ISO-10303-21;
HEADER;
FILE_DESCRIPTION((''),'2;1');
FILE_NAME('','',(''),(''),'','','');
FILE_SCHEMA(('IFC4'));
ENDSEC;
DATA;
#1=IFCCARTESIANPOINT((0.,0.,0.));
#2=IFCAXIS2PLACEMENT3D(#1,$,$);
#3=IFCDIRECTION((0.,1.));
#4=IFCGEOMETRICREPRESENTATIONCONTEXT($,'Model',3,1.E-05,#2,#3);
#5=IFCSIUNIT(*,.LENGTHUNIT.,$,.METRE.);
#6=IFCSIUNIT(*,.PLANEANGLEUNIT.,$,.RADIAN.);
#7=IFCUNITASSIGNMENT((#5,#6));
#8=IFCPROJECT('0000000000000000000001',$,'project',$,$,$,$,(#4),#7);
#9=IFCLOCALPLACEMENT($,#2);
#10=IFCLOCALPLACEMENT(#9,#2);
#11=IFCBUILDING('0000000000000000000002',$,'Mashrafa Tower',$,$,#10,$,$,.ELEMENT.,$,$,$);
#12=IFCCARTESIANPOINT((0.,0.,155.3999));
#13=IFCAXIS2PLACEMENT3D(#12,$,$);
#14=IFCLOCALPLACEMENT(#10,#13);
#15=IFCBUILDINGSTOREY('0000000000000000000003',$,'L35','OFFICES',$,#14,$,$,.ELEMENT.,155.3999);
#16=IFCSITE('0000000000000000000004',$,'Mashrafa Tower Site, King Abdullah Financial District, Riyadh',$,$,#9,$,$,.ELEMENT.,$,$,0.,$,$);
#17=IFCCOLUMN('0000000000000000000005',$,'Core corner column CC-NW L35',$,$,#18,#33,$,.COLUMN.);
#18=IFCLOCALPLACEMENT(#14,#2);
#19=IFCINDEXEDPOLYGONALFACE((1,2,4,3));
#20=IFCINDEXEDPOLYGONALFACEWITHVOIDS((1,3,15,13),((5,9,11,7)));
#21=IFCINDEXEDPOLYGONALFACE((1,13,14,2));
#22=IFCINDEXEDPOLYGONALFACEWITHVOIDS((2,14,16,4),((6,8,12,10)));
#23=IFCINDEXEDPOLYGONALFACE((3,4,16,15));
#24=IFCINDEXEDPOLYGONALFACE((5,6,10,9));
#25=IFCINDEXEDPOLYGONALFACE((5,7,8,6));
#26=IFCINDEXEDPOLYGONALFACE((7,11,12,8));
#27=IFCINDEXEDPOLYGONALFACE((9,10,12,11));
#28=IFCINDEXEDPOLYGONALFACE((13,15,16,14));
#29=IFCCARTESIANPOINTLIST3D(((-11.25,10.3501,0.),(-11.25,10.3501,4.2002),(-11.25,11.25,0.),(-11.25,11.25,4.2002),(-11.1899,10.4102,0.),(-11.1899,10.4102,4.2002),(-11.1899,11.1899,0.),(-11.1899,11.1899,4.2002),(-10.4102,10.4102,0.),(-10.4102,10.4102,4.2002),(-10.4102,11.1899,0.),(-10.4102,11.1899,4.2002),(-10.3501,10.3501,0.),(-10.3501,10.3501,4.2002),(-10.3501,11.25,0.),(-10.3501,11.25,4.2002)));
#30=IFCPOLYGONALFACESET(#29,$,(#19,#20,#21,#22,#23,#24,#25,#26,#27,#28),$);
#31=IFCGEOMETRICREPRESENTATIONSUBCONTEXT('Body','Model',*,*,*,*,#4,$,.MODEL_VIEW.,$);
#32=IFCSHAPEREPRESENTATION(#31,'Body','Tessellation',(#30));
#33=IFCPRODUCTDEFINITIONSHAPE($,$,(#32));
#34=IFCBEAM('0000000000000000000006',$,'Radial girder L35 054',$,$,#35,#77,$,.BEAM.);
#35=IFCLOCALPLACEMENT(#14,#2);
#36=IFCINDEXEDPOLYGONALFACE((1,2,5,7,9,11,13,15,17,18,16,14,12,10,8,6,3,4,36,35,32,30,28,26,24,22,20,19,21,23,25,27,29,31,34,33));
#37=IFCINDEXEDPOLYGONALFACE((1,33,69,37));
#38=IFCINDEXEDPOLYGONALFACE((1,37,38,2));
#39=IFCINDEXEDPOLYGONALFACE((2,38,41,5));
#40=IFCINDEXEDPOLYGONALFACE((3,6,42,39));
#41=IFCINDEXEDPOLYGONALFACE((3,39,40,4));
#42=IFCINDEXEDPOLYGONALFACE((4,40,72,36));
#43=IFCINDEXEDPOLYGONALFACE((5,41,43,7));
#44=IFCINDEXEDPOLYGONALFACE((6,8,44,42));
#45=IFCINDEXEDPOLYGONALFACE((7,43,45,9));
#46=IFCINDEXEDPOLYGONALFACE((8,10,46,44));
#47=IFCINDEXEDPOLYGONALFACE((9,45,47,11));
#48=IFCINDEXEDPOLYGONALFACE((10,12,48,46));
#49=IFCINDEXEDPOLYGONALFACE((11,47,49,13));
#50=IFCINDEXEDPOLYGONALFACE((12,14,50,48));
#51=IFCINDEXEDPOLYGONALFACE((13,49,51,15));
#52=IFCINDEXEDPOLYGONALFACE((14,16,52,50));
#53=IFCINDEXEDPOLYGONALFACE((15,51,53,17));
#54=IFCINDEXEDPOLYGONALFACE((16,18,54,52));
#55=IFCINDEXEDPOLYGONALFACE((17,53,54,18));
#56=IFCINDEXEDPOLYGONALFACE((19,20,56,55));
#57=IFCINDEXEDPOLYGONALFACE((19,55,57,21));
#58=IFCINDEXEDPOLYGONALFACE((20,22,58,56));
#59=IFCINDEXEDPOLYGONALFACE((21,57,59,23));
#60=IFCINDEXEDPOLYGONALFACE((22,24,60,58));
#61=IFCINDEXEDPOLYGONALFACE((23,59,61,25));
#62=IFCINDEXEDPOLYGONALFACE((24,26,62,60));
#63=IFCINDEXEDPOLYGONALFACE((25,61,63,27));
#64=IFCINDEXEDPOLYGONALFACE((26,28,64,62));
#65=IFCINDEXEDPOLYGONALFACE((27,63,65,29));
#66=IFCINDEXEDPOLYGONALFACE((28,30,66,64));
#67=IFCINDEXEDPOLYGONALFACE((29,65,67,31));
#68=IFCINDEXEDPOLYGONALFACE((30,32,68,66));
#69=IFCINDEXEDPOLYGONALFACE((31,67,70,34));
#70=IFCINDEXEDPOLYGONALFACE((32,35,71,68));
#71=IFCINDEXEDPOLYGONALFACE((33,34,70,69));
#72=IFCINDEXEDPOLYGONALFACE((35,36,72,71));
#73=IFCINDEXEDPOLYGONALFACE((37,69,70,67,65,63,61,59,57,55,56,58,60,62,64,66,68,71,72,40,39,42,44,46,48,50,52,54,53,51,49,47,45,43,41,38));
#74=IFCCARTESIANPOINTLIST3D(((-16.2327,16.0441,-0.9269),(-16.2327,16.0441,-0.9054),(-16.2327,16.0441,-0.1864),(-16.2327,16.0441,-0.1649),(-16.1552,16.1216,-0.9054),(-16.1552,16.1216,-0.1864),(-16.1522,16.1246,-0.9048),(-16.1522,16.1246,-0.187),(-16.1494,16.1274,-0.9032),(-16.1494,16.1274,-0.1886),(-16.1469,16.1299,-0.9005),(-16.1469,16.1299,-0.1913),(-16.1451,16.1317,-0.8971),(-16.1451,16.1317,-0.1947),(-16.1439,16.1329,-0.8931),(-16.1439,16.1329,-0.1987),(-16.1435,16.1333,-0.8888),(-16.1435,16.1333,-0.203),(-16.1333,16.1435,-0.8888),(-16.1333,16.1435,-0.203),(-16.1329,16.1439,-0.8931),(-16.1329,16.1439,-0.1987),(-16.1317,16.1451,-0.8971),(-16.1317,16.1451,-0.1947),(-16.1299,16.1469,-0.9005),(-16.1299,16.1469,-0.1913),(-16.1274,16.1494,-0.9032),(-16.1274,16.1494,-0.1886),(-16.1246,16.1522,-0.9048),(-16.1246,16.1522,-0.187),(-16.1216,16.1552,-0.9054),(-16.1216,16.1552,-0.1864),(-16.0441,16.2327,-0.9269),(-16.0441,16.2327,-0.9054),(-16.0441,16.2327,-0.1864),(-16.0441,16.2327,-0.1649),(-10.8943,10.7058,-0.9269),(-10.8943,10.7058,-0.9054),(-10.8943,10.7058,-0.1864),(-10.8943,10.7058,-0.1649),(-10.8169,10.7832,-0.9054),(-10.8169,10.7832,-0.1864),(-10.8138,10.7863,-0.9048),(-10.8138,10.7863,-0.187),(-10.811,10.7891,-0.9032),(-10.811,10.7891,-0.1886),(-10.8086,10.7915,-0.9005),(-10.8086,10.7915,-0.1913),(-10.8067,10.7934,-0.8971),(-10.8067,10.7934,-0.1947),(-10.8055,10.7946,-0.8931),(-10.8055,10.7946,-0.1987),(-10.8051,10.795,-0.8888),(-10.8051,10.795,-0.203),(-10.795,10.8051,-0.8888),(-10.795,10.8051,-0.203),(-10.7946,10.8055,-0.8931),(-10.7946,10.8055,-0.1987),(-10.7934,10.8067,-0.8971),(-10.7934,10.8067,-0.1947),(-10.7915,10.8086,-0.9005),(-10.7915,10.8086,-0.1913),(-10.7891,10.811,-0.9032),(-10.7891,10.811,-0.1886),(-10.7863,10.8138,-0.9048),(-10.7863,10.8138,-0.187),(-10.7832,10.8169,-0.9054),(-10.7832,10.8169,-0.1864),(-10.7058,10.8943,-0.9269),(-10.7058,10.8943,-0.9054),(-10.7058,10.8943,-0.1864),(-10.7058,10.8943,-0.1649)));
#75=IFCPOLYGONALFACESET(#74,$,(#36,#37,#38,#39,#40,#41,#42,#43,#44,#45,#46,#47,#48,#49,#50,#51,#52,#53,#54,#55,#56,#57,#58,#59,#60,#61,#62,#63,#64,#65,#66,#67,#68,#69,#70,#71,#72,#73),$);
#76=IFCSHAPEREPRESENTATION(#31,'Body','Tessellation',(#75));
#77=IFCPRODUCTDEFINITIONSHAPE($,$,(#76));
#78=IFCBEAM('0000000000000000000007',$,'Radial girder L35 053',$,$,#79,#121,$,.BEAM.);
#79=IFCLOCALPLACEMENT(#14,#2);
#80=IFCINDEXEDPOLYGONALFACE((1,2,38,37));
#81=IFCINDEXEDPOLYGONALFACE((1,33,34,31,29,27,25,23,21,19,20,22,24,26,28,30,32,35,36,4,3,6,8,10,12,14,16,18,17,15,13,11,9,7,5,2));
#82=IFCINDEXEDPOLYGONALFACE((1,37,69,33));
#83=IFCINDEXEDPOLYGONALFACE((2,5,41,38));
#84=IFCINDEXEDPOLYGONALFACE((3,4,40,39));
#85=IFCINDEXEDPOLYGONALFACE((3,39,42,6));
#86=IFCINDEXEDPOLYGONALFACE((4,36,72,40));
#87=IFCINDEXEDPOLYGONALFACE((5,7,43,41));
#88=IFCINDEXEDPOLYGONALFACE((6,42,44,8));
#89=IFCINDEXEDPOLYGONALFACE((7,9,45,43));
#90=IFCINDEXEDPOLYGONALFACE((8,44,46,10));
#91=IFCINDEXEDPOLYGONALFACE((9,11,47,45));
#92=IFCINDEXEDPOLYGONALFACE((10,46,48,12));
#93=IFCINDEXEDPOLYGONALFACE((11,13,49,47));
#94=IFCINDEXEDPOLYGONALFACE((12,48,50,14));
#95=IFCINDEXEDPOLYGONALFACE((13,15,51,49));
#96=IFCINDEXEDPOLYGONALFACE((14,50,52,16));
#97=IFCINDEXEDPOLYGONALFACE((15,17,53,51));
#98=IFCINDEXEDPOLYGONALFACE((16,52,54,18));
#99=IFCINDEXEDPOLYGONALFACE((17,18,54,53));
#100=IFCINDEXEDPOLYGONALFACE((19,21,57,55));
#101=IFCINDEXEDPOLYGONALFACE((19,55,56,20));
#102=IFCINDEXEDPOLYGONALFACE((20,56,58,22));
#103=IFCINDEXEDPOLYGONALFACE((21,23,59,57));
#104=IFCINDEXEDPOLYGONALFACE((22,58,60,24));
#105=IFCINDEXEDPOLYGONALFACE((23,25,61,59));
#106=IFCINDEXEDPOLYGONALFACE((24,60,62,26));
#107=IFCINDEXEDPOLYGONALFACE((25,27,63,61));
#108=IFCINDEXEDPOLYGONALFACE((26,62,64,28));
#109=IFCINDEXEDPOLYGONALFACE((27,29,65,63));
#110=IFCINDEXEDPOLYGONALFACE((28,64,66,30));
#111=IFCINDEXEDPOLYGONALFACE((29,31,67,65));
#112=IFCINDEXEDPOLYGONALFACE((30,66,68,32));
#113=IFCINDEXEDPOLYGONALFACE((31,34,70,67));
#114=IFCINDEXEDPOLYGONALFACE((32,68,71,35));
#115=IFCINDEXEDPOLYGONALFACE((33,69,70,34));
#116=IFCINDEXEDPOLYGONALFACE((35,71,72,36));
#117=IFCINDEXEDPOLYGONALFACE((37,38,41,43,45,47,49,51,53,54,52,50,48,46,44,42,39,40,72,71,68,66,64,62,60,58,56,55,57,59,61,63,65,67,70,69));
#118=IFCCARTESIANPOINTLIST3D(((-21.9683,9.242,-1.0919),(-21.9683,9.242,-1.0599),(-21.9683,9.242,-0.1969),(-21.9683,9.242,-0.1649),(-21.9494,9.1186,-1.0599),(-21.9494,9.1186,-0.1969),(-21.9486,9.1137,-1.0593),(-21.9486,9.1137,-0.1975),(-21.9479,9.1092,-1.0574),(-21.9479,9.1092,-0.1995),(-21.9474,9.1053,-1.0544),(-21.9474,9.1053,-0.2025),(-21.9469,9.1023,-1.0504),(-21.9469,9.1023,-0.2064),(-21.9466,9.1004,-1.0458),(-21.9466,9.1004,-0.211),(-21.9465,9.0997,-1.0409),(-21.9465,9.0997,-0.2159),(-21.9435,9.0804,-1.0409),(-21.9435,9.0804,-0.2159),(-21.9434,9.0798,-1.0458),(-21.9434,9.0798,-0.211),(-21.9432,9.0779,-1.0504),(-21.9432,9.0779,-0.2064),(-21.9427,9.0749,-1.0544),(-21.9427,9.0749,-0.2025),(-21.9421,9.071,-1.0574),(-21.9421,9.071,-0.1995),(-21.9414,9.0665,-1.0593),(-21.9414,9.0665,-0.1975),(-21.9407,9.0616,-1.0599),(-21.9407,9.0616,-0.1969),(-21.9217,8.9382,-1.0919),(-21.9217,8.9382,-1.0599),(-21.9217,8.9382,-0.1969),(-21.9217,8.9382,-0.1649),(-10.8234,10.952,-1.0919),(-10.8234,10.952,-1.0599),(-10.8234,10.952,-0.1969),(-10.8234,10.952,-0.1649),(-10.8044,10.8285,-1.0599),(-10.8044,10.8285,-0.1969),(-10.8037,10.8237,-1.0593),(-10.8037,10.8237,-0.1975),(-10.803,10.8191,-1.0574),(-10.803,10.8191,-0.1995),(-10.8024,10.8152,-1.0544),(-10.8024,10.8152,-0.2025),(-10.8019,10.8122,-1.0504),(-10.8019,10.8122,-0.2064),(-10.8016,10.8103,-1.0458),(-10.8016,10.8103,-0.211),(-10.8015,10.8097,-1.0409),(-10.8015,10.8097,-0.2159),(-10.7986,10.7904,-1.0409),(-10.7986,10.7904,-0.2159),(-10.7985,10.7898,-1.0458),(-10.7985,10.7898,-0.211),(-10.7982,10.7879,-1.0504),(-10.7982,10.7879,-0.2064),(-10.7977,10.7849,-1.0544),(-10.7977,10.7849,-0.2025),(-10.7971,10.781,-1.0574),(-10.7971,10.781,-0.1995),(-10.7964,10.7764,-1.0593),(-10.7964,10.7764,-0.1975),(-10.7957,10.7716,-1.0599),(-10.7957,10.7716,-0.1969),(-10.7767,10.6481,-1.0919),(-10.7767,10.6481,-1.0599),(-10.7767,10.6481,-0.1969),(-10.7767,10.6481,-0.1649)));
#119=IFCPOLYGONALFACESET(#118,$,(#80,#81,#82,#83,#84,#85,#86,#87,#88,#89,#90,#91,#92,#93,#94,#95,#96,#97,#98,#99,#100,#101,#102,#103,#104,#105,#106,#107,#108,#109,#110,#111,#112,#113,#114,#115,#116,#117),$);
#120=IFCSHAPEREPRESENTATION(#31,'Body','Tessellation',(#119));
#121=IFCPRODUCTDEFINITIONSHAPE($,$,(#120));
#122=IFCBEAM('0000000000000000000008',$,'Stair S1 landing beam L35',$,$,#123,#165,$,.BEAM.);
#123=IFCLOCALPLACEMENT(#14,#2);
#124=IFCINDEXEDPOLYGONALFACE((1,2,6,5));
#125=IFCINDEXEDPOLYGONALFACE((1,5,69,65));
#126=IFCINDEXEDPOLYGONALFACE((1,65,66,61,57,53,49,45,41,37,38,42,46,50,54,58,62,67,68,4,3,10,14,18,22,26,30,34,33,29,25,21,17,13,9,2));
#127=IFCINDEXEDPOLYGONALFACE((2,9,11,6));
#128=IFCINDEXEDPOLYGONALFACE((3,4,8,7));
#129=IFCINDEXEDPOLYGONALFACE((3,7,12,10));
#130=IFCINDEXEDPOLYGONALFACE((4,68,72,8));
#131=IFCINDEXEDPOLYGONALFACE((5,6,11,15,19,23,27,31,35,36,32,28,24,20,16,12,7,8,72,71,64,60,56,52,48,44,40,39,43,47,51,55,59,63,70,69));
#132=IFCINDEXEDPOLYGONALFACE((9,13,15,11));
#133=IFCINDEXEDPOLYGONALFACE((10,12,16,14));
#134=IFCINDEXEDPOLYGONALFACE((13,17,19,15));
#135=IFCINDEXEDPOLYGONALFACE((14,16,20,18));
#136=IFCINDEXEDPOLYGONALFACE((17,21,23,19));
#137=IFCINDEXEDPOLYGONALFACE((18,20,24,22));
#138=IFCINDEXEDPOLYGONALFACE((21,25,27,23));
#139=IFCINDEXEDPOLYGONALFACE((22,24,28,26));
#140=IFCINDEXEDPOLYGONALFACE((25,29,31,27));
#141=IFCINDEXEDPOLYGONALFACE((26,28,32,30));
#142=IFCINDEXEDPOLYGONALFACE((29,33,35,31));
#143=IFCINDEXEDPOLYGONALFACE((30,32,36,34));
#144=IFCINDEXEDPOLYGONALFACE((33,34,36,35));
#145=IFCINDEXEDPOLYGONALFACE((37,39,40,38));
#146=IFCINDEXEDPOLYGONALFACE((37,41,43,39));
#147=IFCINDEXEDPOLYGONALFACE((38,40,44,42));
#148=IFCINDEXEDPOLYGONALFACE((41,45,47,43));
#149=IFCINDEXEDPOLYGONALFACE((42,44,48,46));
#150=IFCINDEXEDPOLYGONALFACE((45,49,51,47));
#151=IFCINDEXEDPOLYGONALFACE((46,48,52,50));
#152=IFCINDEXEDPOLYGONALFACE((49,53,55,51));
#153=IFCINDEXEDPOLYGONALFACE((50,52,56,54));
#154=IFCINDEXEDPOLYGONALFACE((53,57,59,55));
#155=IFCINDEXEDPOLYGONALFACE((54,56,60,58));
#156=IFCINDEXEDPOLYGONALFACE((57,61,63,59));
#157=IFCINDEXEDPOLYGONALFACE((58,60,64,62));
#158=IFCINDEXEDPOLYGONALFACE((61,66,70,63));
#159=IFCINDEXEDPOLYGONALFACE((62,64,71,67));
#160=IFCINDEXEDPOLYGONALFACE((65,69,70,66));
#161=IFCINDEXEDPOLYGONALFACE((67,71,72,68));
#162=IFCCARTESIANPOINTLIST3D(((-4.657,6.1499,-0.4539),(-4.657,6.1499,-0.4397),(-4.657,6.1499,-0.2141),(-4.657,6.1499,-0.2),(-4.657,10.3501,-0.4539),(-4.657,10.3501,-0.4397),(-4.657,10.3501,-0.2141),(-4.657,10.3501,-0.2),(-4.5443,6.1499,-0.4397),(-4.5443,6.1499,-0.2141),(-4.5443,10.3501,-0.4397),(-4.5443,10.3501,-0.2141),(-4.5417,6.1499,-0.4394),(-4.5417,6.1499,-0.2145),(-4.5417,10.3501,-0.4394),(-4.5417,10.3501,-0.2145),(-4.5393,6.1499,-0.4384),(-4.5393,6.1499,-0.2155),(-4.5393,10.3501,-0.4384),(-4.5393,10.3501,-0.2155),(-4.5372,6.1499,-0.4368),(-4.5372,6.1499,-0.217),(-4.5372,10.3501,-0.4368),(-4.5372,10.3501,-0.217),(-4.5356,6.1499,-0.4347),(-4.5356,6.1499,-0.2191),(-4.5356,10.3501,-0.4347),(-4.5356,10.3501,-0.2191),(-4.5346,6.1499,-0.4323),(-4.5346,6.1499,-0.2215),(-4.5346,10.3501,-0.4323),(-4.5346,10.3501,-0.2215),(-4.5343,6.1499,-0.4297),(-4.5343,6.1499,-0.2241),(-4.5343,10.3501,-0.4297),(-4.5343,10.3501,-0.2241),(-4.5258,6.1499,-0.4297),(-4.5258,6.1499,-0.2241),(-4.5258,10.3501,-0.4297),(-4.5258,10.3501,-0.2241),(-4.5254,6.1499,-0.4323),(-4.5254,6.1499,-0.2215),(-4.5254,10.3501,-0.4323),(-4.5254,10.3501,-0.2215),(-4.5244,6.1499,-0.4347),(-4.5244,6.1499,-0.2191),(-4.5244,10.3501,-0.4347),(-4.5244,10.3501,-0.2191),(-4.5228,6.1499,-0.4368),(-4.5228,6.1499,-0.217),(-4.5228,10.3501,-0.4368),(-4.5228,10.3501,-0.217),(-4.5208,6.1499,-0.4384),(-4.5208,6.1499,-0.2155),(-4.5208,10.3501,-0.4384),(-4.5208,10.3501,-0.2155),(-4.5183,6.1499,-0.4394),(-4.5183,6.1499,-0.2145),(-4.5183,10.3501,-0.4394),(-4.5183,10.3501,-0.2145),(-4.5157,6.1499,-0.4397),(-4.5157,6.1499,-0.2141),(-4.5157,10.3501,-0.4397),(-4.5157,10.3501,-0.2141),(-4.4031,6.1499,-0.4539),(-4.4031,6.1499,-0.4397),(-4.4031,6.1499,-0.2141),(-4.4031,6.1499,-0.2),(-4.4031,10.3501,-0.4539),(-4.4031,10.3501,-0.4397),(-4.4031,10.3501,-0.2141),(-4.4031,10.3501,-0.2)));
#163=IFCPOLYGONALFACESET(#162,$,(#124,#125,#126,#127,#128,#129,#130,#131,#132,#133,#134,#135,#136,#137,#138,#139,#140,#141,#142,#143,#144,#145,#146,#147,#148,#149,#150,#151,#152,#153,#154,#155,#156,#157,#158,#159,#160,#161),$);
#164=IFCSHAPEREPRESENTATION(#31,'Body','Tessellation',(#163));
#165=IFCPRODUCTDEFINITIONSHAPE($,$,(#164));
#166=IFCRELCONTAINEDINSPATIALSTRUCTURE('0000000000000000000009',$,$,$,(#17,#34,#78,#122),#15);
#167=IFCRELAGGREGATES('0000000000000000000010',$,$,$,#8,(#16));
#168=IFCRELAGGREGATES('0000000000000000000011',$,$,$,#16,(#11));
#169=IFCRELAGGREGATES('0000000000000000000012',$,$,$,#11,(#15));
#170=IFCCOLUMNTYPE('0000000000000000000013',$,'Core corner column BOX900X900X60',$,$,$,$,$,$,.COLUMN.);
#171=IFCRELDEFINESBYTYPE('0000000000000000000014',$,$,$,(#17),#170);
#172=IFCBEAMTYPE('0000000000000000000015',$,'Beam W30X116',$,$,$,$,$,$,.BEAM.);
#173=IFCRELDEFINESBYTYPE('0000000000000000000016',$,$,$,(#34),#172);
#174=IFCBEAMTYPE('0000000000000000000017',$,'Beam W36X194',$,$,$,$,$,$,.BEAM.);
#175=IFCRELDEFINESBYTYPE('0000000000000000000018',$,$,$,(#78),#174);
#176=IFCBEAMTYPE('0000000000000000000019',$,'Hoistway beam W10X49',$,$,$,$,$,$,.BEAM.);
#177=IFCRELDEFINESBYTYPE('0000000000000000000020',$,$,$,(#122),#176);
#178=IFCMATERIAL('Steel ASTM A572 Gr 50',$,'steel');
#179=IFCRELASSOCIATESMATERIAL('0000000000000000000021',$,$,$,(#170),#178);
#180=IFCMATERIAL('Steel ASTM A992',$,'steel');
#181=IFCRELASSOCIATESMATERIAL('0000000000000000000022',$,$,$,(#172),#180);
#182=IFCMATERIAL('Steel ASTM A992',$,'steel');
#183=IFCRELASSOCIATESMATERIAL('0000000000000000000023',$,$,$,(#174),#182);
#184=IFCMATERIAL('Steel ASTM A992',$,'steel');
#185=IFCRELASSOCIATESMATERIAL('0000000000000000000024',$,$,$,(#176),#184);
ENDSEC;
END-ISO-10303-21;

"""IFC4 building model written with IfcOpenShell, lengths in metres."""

from ifc_helpers import new_model, si_unit, direction, frame, origin, origin_2d, place, context, subcontext, project, spatial, hollow_rectangle, i_section, extrude, material, material_profile, profile_set, type_object, element, save


model = new_model("IFC4")

# Units and contexts
model_context = context("Model", 3, precision=1e-05, world=origin(), true_north=direction((0.0, 1.0)))
body_context = subcontext(model_context, "Body", "Model", "MODEL_VIEW")
ifc_project = project(units=[si_unit("LENGTHUNIT", "METRE"), si_unit("PLANEANGLEUNIT", "RADIAN")], contexts=[model_context])

# Site, building, storey
site_placement = place(None, origin())
site = spatial("IfcSite", under=ifc_project, at=site_placement, Name="Mashrafa Tower Site, King Abdullah Financial District, Riyadh", CompositionType="ELEMENT", RefElevation=0.0)
building_placement = place(site_placement, origin())
building = spatial("IfcBuilding", under=site, at=building_placement, Name="Mashrafa Tower", CompositionType="ELEMENT")
storey_placement = place(building_placement, frame((0.0, 0.0, 155.3999)))
storey = spatial("IfcBuildingStorey", under=building, at=storey_placement, Name="L35", Description="OFFICES", CompositionType="ELEMENT", Elevation=155.3999)

# Column
ifc_material_1 = material(Name="Steel ASTM A572 Gr 50", Category="steel")
ifc_material_profile_1 = material_profile(ifc_material_1, hollow_rectangle(XDim=0.8999, YDim=0.8999, WallThickness=0.0601, at=origin_2d()), Name="BOX900X900X60")
ifc_profile_set_1 = profile_set([ifc_material_profile_1], Name="Steel ASTM A572 Gr 50")
column_type = type_object("IfcColumnType", Name="Core corner column BOX900X900X60", PredefinedType="COLUMN", material=ifc_profile_set_1)
column_placement = place(storey_placement, frame((-10.8, 10.8, 0.0), z_axis=(0.0, 0.0, 1.0), x_axis=(1.0, 0.0, 0.0)))
element("IfcColumn", 1, at=column_placement, inside=storey, type_object=column_type, Name="Core corner column CC-NW L35", PredefinedType="COLUMN", context=body_context, shape_type="SweptSolid", body=[
    extrude(hollow_rectangle(XDim=0.8999, YDim=0.8999, WallThickness=0.0601, at=origin_2d()), origin(), (0.0, 0.0, 1.0), 4.2002),
])

# Beams
ifc_material_2 = material(Name="Steel ASTM A992", Category="steel")
ifc_material_profile_2 = material_profile(ifc_material_2, i_section(OverallWidth=0.2666, OverallDepth=0.762, WebThickness=0.0144, FlangeThickness=0.0215, FilletRadius=0.0166, at=origin_2d()), Name="W30X116")
ifc_profile_set_2 = profile_set([ifc_material_profile_2], Name="Steel ASTM A992")
beam_type_1 = type_object("IfcBeamType", Name="Beam W30X116", PredefinedType="BEAM", material=ifc_profile_set_2)
beam_1_placement = place(storey_placement, frame((-10.8, 10.8, -0.5459), z_axis=(-0.707107, 0.707107, 0.0), x_axis=(-0.707107, -0.707107, 0.0)))
element("IfcBeam", 2, at=beam_1_placement, inside=storey, type_object=beam_type_1, Name="Radial girder L35 054", PredefinedType="BEAM", context=body_context, shape_type="SweptSolid", body=[
    extrude(i_section(OverallWidth=0.2666, OverallDepth=0.762, WebThickness=0.0144, FlangeThickness=0.0215, FilletRadius=0.0166, at=origin_2d()), origin(), (0.0, 0.0, 1.0), 7.5496),
])
ifc_material_3 = material(Name="Steel ASTM A992", Category="steel")
ifc_material_profile_3 = material_profile(ifc_material_3, i_section(OverallWidth=0.3074, OverallDepth=0.927, WebThickness=0.0195, FlangeThickness=0.032, FilletRadius=0.019, at=origin_2d()), Name="W36X194")
ifc_profile_set_3 = profile_set([ifc_material_profile_3], Name="Steel ASTM A992")
beam_type_2 = type_object("IfcBeamType", Name="Beam W36X194", PredefinedType="BEAM", material=ifc_profile_set_3)
beam_2_placement = place(storey_placement, frame((-10.8, 10.8, -0.6284), z_axis=(-0.988434, -0.151654, 0.0), x_axis=(0.151654, -0.988434, 0.0)))
element("IfcBeam", 3, at=beam_2_placement, inside=storey, type_object=beam_type_2, Name="Radial girder L35 053", PredefinedType="BEAM", context=body_context, shape_type="SweptSolid", body=[
    extrude(i_section(OverallWidth=0.3074, OverallDepth=0.927, WebThickness=0.0195, FlangeThickness=0.032, FilletRadius=0.019, at=origin_2d()), origin(), (0.0, 0.0, 1.0), 11.2754),
])
ifc_material_4 = material(Name="Steel ASTM A992", Category="steel")
ifc_material_profile_4 = material_profile(ifc_material_4, i_section(OverallWidth=0.2539, OverallDepth=0.2539, WebThickness=0.0085, FlangeThickness=0.0142, FilletRadius=0.01, at=origin_2d()), Name="W10X49")
ifc_profile_set_4 = profile_set([ifc_material_profile_4], Name="Steel ASTM A992")
beam_type_3 = type_object("IfcBeamType", Name="Hoistway beam W10X49", PredefinedType="BEAM", material=ifc_profile_set_4)
beam_3_placement = place(storey_placement, frame((-4.53, 6.1499, -0.3269), z_axis=(0.0, 1.0, 0.0), x_axis=(-1.0, 0.0, 0.0)))
element("IfcBeam", 4, at=beam_3_placement, inside=storey, type_object=beam_type_3, Name="Stair S1 landing beam L35", PredefinedType="BEAM", context=body_context, shape_type="SweptSolid", body=[
    extrude(i_section(OverallWidth=0.2539, OverallDepth=0.2539, WebThickness=0.0085, FlangeThickness=0.0142, FilletRadius=0.01, at=origin_2d()), origin(), (0.0, 0.0, 1.0), 4.2002),
])

save(model, "model.ifc")
